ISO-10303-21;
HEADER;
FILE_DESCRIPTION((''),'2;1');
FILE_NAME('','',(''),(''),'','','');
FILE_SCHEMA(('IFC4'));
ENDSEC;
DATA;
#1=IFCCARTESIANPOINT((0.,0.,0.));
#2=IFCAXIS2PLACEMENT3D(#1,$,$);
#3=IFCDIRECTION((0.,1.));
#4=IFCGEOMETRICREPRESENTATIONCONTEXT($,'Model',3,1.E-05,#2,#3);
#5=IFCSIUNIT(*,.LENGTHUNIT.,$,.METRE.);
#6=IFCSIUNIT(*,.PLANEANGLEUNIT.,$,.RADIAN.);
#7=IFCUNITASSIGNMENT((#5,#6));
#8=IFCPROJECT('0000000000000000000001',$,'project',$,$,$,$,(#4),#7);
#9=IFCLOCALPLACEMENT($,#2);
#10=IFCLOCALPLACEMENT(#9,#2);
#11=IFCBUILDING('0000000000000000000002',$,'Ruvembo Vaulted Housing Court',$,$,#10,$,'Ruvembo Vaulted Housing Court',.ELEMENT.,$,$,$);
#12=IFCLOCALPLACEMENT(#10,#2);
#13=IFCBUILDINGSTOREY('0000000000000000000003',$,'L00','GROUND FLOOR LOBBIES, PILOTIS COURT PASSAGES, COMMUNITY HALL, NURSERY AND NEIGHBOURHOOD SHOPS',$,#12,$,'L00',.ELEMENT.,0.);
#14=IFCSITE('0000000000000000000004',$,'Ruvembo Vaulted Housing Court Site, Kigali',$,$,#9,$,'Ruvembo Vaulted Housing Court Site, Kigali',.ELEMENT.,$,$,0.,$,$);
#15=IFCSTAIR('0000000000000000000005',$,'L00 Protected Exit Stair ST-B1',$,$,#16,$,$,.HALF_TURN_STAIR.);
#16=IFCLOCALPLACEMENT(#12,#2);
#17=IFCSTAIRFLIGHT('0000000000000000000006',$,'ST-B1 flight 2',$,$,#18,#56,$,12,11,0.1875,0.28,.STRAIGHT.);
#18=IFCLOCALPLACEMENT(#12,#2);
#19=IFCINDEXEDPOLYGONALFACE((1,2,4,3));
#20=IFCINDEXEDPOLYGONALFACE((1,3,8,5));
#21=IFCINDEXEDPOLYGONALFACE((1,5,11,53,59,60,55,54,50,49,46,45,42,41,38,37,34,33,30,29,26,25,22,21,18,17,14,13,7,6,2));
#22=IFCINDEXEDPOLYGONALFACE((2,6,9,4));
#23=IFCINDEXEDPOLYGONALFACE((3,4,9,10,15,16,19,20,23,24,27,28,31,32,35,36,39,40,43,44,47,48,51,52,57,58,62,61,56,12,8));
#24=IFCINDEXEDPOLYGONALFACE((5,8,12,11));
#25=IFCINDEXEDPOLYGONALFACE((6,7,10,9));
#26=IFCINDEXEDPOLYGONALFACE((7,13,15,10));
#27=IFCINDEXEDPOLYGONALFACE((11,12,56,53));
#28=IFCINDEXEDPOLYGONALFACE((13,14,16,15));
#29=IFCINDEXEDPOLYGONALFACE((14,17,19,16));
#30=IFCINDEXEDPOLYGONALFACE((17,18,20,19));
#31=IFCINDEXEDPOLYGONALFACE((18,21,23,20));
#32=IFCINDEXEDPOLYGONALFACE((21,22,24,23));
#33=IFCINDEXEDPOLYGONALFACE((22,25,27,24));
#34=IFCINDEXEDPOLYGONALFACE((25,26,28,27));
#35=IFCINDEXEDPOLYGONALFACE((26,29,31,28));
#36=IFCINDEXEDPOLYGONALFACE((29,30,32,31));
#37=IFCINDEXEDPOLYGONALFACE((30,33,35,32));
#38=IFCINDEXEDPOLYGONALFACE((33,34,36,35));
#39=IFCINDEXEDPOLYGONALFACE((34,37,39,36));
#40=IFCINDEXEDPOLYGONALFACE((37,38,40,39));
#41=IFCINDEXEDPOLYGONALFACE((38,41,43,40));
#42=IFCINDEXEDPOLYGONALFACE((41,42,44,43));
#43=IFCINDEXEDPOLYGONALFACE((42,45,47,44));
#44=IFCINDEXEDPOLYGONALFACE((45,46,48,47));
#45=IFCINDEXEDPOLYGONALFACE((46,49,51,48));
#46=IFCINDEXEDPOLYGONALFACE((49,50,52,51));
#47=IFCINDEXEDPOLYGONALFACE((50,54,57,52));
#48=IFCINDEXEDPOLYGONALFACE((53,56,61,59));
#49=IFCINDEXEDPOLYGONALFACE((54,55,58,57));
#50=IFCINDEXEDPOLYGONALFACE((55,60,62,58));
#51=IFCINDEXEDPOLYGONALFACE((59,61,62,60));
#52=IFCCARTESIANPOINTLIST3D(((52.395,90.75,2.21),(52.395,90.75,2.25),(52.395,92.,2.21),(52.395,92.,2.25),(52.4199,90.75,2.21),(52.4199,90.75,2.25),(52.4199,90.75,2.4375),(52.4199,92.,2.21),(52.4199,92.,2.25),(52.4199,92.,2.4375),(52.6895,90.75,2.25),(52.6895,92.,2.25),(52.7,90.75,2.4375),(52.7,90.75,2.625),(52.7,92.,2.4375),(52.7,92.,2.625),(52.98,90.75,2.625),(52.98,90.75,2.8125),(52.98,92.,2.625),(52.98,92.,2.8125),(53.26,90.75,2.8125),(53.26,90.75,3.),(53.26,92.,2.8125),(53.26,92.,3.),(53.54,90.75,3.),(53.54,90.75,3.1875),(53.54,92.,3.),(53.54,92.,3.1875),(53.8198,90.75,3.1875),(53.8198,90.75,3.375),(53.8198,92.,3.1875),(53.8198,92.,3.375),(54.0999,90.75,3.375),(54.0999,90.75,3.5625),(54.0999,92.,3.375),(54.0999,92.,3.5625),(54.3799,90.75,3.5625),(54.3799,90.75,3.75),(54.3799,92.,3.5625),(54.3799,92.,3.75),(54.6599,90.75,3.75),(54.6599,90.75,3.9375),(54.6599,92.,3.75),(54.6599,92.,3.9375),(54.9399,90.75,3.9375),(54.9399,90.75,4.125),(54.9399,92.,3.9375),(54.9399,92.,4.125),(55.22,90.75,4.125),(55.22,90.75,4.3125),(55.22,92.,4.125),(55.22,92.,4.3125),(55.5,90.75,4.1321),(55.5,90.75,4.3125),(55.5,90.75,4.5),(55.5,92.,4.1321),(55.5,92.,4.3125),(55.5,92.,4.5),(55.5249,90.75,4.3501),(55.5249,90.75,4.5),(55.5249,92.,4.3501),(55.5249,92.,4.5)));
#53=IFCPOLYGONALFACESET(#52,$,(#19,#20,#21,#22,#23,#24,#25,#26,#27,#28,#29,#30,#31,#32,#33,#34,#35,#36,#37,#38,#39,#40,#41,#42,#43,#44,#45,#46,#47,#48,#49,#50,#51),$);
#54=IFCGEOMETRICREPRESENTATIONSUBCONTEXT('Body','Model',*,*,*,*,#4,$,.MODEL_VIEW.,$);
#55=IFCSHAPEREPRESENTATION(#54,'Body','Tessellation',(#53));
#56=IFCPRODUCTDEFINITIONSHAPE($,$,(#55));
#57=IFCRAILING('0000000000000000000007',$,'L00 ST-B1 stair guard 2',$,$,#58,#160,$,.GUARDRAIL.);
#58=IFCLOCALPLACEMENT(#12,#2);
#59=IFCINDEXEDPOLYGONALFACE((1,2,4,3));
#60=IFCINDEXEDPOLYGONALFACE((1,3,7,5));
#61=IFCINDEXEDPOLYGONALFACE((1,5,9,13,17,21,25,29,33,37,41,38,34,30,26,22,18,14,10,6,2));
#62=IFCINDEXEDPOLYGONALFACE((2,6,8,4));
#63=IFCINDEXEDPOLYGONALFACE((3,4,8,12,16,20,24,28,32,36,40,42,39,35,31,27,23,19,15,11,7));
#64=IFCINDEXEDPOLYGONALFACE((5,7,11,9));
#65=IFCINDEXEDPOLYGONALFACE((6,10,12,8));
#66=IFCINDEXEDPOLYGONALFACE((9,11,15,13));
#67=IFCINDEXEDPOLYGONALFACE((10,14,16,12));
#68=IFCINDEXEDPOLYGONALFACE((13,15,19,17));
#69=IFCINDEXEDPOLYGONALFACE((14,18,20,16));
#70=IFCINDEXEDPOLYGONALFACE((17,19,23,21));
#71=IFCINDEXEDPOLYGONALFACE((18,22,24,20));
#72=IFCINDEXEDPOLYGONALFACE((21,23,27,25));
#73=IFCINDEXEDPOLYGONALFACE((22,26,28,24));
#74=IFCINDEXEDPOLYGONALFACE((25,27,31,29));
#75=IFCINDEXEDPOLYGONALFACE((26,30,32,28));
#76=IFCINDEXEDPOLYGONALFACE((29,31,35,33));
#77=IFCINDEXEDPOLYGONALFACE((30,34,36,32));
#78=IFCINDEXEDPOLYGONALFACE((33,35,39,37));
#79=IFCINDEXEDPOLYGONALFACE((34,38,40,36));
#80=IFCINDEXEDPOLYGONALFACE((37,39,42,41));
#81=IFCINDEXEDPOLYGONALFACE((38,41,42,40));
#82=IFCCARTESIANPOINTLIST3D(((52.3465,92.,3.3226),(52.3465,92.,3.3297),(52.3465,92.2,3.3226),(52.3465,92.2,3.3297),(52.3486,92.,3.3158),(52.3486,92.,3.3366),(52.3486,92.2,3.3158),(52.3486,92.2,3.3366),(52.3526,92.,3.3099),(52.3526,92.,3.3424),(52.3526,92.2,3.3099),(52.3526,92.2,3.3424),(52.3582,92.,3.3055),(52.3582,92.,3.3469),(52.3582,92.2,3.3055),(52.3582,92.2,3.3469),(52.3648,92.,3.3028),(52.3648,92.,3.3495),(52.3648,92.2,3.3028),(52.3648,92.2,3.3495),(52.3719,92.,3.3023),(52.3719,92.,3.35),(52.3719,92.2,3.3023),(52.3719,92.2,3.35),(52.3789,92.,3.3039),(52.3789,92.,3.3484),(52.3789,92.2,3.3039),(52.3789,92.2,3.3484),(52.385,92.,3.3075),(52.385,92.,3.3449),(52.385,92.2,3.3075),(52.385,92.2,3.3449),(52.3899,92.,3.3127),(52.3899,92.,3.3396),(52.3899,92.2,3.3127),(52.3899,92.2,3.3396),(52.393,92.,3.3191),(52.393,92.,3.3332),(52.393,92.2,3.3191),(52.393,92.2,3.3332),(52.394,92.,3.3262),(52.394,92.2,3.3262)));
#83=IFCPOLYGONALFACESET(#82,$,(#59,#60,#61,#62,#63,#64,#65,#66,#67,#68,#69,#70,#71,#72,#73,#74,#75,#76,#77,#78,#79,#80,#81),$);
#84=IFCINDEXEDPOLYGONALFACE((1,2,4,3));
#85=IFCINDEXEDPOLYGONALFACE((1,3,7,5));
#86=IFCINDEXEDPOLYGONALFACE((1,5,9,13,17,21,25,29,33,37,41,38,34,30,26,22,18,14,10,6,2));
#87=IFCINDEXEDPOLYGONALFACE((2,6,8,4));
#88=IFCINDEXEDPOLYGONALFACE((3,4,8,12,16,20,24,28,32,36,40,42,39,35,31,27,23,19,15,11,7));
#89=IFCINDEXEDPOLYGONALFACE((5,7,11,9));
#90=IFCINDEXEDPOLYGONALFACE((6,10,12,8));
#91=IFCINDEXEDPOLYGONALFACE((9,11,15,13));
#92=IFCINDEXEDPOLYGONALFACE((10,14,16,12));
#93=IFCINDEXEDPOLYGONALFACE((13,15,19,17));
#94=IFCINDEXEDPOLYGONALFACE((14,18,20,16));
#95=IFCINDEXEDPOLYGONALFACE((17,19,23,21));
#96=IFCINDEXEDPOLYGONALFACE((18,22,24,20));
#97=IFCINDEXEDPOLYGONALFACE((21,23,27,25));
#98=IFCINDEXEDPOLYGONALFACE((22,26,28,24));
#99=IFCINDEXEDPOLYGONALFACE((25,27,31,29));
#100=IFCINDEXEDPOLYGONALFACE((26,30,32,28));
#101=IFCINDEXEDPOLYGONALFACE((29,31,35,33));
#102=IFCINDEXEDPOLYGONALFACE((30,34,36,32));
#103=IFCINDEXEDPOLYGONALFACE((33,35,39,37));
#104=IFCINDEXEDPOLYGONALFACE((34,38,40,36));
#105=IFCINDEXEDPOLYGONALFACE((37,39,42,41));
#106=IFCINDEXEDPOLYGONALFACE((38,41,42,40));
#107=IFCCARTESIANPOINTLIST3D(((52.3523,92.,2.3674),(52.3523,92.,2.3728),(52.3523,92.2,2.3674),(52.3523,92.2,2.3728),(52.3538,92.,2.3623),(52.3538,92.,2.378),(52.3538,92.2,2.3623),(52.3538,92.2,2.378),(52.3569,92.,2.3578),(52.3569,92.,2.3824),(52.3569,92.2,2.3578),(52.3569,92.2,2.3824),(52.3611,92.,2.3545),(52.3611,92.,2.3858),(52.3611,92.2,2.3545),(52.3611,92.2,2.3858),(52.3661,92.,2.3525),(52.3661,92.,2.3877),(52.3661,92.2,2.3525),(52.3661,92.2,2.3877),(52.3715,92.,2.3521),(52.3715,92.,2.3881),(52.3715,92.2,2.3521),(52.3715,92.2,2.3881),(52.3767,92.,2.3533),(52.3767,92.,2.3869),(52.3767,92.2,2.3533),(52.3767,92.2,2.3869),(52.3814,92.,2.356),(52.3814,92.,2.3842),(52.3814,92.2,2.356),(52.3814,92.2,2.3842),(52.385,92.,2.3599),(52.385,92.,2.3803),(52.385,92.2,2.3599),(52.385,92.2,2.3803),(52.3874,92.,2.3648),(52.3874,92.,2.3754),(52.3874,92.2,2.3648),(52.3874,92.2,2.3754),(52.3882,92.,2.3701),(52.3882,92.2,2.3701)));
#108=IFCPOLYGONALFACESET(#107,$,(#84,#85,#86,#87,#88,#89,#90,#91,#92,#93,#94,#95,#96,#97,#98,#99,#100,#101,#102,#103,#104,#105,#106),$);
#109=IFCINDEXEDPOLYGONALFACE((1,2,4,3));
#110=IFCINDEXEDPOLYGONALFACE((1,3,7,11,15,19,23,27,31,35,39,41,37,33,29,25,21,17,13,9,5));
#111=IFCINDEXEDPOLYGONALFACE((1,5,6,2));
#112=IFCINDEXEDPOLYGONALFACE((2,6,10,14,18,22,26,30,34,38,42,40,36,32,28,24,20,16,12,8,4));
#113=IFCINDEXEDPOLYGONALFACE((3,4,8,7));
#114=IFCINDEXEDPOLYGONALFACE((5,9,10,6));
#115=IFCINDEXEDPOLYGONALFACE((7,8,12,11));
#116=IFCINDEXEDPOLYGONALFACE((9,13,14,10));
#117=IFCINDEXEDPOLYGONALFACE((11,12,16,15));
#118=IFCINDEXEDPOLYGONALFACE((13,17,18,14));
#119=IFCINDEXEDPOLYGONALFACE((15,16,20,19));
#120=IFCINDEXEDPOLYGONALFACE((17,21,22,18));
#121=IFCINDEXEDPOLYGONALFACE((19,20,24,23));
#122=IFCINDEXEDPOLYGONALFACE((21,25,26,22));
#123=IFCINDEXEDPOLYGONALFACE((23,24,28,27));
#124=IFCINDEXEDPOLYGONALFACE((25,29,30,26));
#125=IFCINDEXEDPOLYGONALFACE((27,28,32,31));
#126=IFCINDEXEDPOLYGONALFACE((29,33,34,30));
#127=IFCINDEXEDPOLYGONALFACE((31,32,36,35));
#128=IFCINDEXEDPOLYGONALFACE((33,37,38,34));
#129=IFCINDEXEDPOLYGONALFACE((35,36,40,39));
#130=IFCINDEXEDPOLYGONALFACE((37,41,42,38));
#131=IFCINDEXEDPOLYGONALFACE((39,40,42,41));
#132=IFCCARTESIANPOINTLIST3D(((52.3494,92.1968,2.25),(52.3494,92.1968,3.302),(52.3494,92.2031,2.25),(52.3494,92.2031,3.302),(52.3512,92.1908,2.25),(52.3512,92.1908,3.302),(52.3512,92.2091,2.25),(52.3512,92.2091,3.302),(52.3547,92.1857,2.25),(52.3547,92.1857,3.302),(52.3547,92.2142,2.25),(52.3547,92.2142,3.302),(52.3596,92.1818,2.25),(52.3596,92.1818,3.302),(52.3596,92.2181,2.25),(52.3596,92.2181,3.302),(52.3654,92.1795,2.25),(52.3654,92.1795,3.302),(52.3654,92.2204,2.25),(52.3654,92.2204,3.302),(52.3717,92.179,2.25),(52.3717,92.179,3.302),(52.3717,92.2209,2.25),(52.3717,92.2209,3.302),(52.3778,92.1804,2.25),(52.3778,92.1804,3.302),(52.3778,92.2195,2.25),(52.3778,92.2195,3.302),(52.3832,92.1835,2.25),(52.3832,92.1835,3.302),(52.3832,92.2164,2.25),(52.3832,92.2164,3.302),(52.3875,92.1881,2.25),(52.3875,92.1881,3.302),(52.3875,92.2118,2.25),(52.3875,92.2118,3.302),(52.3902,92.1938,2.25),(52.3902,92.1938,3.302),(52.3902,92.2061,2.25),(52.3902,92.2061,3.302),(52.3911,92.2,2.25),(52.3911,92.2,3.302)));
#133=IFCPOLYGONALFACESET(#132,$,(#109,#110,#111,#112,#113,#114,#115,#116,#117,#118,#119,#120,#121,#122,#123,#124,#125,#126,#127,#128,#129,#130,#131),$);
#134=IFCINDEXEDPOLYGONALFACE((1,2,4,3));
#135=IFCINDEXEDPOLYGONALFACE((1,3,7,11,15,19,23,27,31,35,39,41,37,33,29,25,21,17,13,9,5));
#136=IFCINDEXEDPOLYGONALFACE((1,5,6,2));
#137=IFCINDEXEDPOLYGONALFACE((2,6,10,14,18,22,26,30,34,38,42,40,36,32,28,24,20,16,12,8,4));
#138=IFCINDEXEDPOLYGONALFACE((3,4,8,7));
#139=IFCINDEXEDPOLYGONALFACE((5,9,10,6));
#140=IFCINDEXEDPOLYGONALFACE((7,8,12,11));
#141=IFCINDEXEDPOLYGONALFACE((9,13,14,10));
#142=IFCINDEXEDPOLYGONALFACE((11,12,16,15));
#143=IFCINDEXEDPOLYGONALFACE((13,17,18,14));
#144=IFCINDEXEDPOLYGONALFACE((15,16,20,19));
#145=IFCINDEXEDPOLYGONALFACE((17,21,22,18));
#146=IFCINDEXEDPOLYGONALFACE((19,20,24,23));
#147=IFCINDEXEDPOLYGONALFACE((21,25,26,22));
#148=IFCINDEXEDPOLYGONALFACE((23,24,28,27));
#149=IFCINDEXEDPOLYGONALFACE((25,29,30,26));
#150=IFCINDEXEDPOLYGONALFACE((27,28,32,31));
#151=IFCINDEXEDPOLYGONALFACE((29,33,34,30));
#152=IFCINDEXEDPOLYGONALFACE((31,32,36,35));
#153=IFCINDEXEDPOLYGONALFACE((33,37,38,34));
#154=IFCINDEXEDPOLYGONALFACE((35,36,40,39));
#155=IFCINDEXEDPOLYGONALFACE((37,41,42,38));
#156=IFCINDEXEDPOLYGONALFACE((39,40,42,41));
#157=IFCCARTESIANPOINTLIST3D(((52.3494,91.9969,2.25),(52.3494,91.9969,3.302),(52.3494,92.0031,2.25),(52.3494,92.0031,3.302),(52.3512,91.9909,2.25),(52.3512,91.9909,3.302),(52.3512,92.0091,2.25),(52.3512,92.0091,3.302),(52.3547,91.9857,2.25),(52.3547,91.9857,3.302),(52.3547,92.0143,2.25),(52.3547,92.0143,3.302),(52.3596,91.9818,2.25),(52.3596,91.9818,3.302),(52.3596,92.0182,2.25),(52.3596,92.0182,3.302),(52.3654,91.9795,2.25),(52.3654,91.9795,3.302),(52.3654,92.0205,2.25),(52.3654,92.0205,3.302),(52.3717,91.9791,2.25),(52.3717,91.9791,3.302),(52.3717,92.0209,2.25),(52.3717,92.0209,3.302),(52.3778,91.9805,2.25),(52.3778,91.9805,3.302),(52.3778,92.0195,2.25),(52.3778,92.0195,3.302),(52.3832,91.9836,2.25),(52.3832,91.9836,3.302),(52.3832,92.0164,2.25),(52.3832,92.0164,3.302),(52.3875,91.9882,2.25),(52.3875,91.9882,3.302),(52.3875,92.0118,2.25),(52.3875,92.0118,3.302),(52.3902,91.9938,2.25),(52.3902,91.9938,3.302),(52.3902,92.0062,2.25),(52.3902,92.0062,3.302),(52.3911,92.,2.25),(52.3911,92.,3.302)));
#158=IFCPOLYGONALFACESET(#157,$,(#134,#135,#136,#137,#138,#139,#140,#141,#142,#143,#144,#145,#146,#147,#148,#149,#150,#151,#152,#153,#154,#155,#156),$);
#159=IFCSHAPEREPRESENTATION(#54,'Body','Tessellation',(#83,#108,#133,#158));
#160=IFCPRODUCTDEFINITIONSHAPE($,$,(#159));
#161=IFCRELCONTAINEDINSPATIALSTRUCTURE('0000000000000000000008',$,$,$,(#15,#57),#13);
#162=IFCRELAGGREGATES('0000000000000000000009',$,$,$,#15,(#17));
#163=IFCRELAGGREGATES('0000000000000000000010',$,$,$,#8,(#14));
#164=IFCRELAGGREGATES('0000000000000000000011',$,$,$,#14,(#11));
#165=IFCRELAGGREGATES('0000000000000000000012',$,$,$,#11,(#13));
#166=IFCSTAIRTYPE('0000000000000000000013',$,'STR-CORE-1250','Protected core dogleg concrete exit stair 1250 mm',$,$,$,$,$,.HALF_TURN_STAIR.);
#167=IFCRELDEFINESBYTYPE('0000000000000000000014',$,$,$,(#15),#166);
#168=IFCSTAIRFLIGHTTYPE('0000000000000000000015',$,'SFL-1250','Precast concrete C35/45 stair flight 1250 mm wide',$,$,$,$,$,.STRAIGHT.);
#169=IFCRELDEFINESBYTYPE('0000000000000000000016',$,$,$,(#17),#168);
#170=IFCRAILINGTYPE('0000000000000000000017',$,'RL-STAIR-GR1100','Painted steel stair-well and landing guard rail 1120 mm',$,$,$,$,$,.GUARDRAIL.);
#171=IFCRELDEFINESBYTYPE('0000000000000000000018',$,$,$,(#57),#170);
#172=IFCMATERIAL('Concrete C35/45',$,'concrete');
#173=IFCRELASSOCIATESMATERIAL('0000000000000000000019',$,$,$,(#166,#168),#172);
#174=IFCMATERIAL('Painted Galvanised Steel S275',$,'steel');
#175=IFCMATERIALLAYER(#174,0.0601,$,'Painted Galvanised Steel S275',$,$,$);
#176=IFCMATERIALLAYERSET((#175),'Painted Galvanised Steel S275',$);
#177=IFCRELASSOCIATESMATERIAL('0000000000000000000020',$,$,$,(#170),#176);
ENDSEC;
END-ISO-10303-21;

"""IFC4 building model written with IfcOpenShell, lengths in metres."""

from ifc_helpers import new_model, si_unit, direction, frame, origin, origin_2d, place, context, subcontext, project, spatial, polyline, circle, outline, extrude, material, layer, layer_set, type_object, element, aggregate, save


model = new_model("IFC4")

# Units and contexts
model_context = context("Model", 3, precision=1e-05, world=origin(), true_north=direction((0.0, 1.0)))
body_context = subcontext(model_context, "Body", "Model", "MODEL_VIEW")
ifc_project = project(units=[si_unit("LENGTHUNIT", "METRE"), si_unit("PLANEANGLEUNIT", "RADIAN")], contexts=[model_context])

# Site, building, storey
site_placement = place(None, origin())
site = spatial("IfcSite", under=ifc_project, at=site_placement, Name="Ruvembo Vaulted Housing Court Site, Kigali", LongName="Ruvembo Vaulted Housing Court Site, Kigali", CompositionType="ELEMENT", RefElevation=0.0)
building_placement = place(site_placement, origin())
building = spatial("IfcBuilding", under=site, at=building_placement, Name="Ruvembo Vaulted Housing Court", LongName="Ruvembo Vaulted Housing Court", CompositionType="ELEMENT")
storey_placement = place(building_placement, origin())
storey = spatial("IfcBuildingStorey", under=building, at=storey_placement, Name="L00", Description="GROUND FLOOR LOBBIES, PILOTIS COURT PASSAGES, COMMUNITY HALL, NURSERY AND NEIGHBOURHOOD SHOPS", LongName="L00", CompositionType="ELEMENT", Elevation=0.0)

# Shared definitions
ifc_material_1 = material(Name="Concrete C35/45", Category="concrete")

# Stair, stair flight
stair_type = type_object("IfcStairType", Name="STR-CORE-1250", Description="Protected core dogleg concrete exit stair 1250 mm", PredefinedType="HALF_TURN_STAIR", material=ifc_material_1)
stair_placement = place(storey_placement, origin())
stair = element("IfcStair", 1, at=stair_placement, inside=storey, type_object=stair_type, Name="L00 Protected Exit Stair ST-B1", PredefinedType="HALF_TURN_STAIR")
stair_flight_type = type_object("IfcStairFlightType", Name="SFL-1250", Description="Precast concrete C35/45 stair flight 1250 mm wide", PredefinedType="STRAIGHT", material=ifc_material_1)
stair_flight_placement = place(storey_placement, frame((52.4199, 91.375, 2.25), z_axis=(0.0, 0.0, 1.0), x_axis=(1.0, 0.0, 0.0)))
stair_flight = element("IfcStairFlight", 2, at=stair_flight_placement, type_object=stair_flight_type, Name="ST-B1 flight 2", NumberOfRisers=12, NumberOfTreads=11, PredefinedType="STRAIGHT", RiserHeight=0.1875, TreadLength=0.28, context=body_context, shape_type="SweptSolid", body=[
    extrude(outline(polyline([(-0.0249, -0.04), (-0.0249, 0.0), (0.0, 0.0), (0.0, 0.1875), (0.28, 0.1875), (0.28, 0.375), (0.5601, 0.375), (0.5601, 0.5625), (0.8401, 0.5625), (0.8401, 0.75), (1.1201, 0.75), (1.1201, 0.9375), (1.3999, 0.9375), (1.3999, 1.125), (1.6799, 1.125), (1.6799, 1.3125), (1.96, 1.3125), (1.96, 1.5), (2.24, 1.5), (2.24, 1.6875), (2.52, 1.6875), (2.52, 1.875), (2.8, 1.875), (2.8, 2.0625), (3.0801, 2.0625), (3.0801, 2.25), (3.105, 2.25), (3.105, 2.1001), (3.0801, 1.8821), (0.2695, 0.0), (0.0, -0.04), (-0.0249, -0.04)])), frame((0.0, 0.625, 0.0), z_axis=(0.0, -1.0, 0.0), x_axis=(1.0, 0.0, 0.0)), (0.0, 0.0, 1.0), 1.25),
])
aggregate(stair, [stair_flight])

# Railing
ifc_material_2 = material(Name="Painted Galvanised Steel S275", Category="steel")
ifc_layer_1 = layer(ifc_material_2, 0.0601, Name="Painted Galvanised Steel S275")
ifc_layer_set_1 = layer_set([ifc_layer_1], Name="Painted Galvanised Steel S275")
railing_type_1 = type_object("IfcRailingType", Name="RL-STAIR-GR1100", Description="Painted steel stair-well and landing guard rail 1120 mm", PredefinedType="GUARDRAIL", material=ifc_layer_set_1)
railing_1_placement = place(storey_placement, frame((52.3701, 92.2, 2.25)))
element("IfcRailing", 3, at=railing_1_placement, inside=storey, type_object=railing_type_1, Name="L00 ST-B1 stair guard 2", PredefinedType="GUARDRAIL", context=body_context, shape_type="SweptSolid", body=[
    extrude(circle(Radius=0.0239, at=origin_2d()), frame((0.0, 0.0, 1.0762), z_axis=(0.0, -1.0, 0.0), x_axis=(1.0, 0.0, 0.0)), (0.0, 0.0, 1.0), 0.2),
    extrude(circle(Radius=0.0181, at=origin_2d()), frame((0.0, 0.0, 0.1201), z_axis=(0.0, -1.0, 0.0), x_axis=(1.0, 0.0, 0.0)), (0.0, 0.0, 1.0), 0.2),
    extrude(circle(Radius=0.021, at=origin_2d()), origin(), (0.0, 0.0, 1.0), 1.052),
    extrude(circle(Radius=0.021, at=origin_2d()), frame((0.0, -0.2, 0.0)), (0.0, 0.0, 1.0), 1.052),
])

save(model, "model.ifc")
